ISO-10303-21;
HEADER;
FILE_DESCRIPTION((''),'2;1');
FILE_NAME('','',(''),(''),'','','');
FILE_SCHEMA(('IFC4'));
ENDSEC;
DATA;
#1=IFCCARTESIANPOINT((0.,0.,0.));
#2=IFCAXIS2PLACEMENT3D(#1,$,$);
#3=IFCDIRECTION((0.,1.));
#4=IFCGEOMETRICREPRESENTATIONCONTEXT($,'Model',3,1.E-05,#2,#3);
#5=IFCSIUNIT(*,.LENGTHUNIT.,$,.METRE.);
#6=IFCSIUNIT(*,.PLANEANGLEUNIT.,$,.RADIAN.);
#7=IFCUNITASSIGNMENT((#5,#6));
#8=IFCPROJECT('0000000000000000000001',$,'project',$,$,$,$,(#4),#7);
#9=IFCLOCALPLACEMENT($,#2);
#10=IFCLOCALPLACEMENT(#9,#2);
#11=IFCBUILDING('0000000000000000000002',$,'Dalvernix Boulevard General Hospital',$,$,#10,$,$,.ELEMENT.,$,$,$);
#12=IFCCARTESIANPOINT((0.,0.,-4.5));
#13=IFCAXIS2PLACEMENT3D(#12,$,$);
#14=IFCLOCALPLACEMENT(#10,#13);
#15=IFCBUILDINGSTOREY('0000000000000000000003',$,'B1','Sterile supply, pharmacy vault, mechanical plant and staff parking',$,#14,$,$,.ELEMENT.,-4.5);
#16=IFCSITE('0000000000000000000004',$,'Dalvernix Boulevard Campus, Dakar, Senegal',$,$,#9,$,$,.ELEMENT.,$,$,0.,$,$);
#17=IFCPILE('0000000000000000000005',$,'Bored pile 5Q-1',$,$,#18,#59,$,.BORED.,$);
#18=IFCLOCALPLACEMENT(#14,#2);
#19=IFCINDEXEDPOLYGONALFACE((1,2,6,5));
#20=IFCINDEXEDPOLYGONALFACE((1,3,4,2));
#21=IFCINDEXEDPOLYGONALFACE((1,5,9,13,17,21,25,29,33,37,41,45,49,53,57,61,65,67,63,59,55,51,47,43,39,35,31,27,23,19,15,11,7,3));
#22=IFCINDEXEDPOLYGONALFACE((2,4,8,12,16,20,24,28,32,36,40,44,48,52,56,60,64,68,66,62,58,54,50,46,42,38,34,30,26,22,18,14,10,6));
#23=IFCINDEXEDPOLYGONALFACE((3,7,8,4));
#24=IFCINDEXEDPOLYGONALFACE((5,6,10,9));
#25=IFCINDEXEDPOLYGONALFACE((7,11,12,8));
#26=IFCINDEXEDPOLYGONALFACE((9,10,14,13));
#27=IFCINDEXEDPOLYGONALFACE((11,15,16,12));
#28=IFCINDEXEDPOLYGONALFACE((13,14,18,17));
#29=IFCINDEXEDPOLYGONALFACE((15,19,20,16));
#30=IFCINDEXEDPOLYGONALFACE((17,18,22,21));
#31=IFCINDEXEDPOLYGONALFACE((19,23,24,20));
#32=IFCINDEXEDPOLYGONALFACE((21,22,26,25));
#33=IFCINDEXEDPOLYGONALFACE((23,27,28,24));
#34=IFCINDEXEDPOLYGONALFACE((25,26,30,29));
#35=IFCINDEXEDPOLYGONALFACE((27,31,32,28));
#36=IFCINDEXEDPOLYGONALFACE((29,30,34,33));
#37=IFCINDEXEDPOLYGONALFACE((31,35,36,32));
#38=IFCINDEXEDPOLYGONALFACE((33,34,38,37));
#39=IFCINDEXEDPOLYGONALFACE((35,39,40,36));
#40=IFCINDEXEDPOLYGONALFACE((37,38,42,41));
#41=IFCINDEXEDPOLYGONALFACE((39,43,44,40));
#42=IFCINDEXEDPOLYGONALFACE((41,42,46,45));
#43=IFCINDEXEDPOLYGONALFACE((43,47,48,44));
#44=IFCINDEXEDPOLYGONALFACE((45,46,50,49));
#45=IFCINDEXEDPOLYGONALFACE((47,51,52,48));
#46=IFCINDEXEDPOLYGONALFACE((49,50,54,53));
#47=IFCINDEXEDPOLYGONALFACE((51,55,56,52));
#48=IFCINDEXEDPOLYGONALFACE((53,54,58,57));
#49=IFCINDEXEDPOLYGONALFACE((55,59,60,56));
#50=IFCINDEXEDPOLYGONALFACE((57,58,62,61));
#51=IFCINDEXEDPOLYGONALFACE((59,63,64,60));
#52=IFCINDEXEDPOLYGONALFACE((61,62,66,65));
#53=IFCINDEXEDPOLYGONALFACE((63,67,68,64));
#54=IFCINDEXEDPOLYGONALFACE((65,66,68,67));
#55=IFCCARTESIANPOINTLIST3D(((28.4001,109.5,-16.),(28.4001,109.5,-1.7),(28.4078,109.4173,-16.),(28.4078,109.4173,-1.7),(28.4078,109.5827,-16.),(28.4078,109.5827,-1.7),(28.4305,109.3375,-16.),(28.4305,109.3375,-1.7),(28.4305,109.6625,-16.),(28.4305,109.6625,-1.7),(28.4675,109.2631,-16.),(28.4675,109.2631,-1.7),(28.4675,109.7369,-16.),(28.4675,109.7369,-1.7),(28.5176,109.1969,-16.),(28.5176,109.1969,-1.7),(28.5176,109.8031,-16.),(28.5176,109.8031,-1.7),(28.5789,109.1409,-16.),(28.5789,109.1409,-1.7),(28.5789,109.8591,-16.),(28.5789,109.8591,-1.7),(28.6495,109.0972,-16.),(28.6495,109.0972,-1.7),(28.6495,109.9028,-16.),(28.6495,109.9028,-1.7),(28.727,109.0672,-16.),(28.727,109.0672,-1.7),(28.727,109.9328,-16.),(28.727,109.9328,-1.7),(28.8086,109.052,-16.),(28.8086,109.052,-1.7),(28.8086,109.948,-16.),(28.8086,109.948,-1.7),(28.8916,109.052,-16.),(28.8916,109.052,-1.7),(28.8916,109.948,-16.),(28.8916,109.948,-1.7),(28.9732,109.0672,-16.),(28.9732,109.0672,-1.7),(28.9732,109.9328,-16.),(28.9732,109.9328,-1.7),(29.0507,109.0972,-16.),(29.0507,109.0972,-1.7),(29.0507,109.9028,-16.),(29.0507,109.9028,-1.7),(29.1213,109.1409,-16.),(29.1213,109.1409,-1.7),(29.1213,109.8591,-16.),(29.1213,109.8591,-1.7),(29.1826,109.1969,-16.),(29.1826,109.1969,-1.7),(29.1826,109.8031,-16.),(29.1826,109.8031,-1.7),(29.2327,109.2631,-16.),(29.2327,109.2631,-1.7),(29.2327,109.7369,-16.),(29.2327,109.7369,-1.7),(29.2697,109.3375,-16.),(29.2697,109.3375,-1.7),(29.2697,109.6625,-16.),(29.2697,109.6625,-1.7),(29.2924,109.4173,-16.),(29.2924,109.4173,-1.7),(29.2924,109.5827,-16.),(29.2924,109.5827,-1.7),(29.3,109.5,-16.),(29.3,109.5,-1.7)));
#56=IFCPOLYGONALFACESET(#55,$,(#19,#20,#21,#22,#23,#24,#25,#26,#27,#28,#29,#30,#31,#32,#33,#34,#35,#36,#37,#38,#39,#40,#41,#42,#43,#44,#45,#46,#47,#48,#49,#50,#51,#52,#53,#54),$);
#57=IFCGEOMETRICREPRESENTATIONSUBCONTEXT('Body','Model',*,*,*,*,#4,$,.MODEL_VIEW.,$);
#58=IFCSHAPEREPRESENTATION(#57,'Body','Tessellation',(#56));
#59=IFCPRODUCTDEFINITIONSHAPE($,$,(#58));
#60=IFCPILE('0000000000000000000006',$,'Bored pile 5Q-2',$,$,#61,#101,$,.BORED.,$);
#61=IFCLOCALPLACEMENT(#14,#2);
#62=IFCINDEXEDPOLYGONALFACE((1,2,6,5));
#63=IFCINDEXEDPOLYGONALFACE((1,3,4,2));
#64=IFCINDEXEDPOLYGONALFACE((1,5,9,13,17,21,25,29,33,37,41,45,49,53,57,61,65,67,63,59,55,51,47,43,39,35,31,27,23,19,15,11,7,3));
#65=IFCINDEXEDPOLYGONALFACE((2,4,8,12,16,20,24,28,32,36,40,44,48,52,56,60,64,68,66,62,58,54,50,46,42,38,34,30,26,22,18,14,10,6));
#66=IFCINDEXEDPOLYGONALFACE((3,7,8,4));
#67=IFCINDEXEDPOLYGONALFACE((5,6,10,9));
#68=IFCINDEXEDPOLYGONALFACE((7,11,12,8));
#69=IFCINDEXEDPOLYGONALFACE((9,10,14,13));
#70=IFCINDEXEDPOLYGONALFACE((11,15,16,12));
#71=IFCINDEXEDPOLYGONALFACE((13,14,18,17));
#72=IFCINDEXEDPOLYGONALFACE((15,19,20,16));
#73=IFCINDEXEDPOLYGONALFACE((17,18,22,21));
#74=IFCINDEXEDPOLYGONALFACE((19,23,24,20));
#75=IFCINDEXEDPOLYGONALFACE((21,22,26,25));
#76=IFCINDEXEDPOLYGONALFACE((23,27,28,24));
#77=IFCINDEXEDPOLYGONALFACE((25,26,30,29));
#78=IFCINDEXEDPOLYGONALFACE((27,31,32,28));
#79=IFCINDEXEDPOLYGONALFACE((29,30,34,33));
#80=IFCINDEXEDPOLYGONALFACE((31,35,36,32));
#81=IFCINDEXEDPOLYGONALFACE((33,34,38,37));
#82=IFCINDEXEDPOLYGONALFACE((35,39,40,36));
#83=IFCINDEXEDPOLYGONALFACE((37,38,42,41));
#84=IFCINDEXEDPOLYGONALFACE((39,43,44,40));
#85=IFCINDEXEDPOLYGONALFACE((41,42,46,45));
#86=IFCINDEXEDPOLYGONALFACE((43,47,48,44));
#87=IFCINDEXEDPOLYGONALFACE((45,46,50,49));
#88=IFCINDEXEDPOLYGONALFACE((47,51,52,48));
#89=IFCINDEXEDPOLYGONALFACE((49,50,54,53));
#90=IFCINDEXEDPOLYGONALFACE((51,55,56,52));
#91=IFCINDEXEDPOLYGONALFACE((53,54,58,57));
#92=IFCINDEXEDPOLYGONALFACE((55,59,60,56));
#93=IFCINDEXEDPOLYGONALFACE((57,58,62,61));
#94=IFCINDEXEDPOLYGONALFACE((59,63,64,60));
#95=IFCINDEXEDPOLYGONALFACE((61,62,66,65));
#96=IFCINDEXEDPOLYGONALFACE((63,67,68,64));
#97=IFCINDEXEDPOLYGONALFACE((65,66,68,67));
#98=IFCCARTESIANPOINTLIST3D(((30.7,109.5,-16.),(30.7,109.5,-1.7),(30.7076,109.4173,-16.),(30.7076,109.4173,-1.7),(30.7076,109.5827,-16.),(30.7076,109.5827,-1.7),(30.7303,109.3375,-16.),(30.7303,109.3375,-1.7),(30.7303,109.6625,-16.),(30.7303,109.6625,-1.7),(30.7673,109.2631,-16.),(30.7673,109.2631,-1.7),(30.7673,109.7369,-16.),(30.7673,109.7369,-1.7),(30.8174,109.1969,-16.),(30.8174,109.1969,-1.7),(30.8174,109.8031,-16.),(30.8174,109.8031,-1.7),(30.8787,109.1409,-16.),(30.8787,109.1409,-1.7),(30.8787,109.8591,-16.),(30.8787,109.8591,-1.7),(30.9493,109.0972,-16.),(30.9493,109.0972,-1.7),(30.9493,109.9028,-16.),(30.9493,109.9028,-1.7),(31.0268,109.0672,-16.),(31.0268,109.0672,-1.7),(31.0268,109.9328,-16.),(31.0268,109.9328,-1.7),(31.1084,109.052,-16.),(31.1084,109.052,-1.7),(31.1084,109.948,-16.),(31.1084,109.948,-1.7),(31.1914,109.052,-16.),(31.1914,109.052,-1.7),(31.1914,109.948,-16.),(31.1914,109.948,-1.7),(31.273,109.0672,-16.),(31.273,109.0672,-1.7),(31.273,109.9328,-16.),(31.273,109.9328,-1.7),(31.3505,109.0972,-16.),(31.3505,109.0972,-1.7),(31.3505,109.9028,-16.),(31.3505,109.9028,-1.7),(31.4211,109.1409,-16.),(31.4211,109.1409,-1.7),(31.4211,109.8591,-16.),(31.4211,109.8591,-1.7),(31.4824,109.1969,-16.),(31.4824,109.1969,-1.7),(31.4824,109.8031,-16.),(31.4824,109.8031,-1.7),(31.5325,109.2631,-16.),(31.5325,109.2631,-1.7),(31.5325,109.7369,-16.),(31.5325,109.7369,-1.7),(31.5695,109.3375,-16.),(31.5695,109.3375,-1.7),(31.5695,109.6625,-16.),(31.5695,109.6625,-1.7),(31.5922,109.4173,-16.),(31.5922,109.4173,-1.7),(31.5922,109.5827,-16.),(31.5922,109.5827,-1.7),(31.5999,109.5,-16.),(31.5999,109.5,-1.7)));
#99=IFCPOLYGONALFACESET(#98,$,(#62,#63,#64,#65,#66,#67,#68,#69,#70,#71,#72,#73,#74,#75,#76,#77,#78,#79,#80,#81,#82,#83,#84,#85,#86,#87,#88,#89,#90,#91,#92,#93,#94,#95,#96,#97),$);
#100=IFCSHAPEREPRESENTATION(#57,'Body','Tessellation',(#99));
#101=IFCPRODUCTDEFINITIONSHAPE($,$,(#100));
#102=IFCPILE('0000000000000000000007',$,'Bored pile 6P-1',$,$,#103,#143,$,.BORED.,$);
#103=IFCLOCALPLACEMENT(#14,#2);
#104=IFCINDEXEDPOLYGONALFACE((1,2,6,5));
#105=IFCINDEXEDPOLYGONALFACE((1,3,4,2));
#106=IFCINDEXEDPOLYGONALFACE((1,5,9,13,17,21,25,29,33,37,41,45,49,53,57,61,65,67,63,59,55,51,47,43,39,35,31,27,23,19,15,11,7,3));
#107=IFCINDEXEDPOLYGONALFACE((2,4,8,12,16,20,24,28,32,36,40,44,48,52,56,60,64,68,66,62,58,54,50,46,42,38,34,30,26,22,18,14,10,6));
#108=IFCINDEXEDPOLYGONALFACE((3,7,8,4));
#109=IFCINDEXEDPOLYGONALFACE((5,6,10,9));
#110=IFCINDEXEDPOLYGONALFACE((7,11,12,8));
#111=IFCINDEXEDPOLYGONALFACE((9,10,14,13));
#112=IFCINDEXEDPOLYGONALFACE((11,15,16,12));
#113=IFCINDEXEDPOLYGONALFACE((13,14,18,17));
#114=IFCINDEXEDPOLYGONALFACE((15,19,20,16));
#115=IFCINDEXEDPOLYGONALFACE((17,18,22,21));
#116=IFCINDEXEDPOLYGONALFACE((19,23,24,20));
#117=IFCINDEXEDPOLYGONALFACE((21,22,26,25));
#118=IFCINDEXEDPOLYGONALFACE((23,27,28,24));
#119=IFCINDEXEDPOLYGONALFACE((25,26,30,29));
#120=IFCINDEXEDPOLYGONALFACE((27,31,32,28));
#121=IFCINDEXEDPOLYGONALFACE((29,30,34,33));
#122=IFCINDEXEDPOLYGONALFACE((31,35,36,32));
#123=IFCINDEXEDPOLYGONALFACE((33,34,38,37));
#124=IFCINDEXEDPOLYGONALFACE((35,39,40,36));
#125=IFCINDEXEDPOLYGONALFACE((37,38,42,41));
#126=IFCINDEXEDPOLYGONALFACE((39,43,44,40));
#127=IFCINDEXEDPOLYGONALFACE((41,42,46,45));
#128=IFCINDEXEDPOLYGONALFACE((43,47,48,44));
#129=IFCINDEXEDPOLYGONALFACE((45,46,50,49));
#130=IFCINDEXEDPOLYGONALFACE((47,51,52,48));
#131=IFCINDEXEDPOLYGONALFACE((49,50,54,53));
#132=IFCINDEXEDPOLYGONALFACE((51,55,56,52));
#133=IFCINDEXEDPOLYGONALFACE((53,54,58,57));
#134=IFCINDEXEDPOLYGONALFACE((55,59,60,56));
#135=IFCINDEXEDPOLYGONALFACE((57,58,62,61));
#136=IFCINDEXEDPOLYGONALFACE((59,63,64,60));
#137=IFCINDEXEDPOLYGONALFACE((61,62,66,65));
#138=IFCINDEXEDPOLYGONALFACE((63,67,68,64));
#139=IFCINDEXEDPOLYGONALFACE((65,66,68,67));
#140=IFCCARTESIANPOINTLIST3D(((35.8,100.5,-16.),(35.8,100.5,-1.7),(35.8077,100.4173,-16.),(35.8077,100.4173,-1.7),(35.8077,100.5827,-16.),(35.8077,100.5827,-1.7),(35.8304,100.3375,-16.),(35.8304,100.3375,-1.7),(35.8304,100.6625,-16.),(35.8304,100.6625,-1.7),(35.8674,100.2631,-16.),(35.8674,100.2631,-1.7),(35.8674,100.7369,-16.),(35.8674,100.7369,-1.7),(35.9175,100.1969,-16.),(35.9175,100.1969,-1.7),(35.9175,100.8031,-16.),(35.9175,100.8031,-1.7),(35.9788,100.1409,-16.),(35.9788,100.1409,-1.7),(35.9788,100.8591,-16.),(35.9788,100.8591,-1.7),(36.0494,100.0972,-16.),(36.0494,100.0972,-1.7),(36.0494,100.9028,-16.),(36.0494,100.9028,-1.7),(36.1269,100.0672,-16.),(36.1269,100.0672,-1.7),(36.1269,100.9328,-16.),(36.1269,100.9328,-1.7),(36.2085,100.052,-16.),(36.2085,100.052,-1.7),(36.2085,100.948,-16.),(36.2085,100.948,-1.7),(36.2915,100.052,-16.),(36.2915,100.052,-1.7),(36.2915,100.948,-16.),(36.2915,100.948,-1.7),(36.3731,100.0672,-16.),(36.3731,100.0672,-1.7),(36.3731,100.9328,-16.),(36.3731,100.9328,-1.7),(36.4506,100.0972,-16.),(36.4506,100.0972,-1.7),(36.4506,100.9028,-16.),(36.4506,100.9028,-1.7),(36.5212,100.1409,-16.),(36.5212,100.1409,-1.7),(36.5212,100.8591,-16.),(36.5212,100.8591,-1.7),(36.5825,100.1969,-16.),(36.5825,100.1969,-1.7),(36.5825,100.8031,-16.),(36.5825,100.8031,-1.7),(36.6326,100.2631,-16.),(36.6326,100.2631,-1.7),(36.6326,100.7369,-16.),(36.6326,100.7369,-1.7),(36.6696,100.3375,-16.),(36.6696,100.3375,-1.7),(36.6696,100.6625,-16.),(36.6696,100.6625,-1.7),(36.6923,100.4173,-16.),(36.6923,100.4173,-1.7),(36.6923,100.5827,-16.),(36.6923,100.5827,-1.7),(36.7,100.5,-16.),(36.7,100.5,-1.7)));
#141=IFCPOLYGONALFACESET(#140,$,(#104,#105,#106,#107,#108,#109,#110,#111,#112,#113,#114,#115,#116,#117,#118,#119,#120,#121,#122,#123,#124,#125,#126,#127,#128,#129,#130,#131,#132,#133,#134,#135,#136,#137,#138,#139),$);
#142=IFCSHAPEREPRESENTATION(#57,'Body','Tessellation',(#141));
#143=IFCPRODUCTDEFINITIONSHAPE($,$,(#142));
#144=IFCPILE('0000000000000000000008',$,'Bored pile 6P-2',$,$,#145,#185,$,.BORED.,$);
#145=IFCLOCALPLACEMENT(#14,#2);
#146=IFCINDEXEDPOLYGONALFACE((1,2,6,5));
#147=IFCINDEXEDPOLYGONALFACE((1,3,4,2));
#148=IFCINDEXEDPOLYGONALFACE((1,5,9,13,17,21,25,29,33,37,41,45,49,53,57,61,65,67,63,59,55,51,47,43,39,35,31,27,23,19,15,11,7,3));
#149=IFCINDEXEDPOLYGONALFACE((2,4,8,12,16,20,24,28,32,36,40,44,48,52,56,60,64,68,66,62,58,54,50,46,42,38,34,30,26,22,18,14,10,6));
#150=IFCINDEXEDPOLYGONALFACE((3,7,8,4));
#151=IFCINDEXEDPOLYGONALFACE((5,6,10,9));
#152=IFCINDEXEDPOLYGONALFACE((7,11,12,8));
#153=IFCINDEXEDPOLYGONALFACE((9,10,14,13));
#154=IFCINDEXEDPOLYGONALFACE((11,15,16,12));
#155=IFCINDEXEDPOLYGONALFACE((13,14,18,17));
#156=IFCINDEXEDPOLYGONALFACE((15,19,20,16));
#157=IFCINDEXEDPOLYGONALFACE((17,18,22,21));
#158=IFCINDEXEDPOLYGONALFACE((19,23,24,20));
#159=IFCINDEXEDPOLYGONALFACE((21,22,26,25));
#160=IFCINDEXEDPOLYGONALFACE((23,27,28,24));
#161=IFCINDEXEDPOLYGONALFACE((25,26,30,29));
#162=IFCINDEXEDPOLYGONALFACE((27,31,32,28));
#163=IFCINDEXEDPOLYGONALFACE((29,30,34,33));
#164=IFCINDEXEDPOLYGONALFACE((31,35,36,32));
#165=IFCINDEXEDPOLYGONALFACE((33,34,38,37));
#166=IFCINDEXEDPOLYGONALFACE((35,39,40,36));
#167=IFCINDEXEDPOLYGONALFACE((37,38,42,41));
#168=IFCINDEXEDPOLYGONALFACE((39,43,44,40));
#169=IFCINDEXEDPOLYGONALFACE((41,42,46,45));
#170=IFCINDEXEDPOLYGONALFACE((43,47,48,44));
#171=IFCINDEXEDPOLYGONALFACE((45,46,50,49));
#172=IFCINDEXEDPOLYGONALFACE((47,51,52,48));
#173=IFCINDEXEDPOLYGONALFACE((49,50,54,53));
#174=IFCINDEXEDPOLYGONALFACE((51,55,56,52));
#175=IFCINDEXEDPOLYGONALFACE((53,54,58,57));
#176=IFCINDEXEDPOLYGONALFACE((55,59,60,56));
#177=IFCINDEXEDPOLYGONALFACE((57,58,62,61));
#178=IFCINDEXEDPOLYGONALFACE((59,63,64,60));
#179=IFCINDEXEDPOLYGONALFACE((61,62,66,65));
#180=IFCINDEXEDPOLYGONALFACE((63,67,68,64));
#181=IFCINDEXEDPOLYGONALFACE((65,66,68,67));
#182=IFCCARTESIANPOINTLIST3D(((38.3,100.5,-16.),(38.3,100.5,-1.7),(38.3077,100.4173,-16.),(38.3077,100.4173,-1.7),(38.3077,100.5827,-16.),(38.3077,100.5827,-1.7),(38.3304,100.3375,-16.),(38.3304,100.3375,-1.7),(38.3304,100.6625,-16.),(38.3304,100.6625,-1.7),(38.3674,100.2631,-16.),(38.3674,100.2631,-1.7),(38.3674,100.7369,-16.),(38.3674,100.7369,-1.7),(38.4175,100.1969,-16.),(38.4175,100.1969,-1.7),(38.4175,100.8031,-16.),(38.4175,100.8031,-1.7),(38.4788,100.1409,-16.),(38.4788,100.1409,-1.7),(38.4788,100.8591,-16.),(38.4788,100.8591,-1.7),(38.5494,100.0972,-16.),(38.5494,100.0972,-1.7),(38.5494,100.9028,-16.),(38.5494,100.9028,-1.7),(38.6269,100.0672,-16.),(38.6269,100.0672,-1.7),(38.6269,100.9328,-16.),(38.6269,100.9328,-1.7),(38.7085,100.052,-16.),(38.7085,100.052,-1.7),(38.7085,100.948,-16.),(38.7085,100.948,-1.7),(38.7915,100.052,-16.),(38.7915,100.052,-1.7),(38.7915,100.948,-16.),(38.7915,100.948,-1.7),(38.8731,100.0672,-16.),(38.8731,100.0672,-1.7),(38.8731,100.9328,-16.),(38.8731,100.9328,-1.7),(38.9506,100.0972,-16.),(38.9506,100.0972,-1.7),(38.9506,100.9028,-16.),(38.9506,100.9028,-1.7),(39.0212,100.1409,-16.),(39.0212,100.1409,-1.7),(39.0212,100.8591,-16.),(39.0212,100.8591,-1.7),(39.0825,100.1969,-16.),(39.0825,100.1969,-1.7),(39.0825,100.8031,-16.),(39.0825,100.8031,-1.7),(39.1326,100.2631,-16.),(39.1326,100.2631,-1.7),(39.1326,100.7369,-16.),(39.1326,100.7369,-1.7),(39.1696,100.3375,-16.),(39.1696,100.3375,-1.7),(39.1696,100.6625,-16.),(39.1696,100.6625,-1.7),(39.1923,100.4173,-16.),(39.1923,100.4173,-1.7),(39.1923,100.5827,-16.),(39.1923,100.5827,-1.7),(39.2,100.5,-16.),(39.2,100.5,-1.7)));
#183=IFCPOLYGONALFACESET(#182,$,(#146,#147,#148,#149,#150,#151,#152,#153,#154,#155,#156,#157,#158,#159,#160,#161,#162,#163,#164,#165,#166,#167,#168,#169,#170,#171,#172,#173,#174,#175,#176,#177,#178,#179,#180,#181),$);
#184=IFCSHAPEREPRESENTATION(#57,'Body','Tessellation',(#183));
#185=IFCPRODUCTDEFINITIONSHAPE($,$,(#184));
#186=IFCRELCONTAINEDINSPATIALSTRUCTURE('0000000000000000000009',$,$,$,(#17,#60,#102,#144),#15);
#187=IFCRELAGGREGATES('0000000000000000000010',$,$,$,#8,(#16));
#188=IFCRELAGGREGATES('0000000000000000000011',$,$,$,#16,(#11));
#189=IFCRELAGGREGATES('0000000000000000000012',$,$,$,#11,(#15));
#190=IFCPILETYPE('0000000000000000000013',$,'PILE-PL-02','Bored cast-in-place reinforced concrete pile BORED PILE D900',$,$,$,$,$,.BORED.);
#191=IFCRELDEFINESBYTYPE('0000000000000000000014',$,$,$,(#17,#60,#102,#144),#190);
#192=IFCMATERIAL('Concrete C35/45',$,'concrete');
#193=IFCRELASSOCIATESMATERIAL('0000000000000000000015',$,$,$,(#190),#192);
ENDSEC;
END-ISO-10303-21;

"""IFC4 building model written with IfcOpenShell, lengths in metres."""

from ifc_helpers import new_model, si_unit, direction, frame, origin, origin_2d, place, context, subcontext, project, spatial, circle, extrude, material, material_profile, profile_set, type_object, element, save


model = new_model("IFC4")

# Units and contexts
model_context = context("Model", 3, precision=1e-05, world=origin(), true_north=direction((0.0, 1.0)))
body_context = subcontext(model_context, "Body", "Model", "MODEL_VIEW")
ifc_project = project(units=[si_unit("LENGTHUNIT", "METRE"), si_unit("PLANEANGLEUNIT", "RADIAN")], contexts=[model_context])

# Site, building, storey
site_placement = place(None, origin())
site = spatial("IfcSite", under=ifc_project, at=site_placement, Name="Dalvernix Boulevard Campus, Dakar, Senegal", CompositionType="ELEMENT", RefElevation=0.0)
building_placement = place(site_placement, origin())
building = spatial("IfcBuilding", under=site, at=building_placement, Name="Dalvernix Boulevard General Hospital", CompositionType="ELEMENT")
storey_placement = place(building_placement, frame((0.0, 0.0, -4.5)))
storey = spatial("IfcBuildingStorey", under=building, at=storey_placement, Name="B1", Description="Sterile supply, pharmacy vault, mechanical plant and staff parking", CompositionType="ELEMENT", Elevation=-4.5)

# Shared definitions
ifc_material_1 = material(Name="Concrete C35/45", Category="concrete")

# Piles
ifc_material_profile_1 = material_profile(ifc_material_1, circle(Radius=0.45, at=origin_2d()), Name="BORED PILE D900")
ifc_profile_set_1 = profile_set([ifc_material_profile_1], Name="Concrete C35/45")
pile_type_1 = type_object("IfcPileType", Name="PILE-PL-02", Description="Bored cast-in-place reinforced concrete pile BORED PILE D900", PredefinedType="BORED", material=ifc_profile_set_1)
for number, where, z_axis, x_axis, name in (
    (1, (28.8501, 109.5, -1.7), (0.0, 0.0, -1.0), (1.0, 0.0, 0.0), "Bored pile 5Q-1"),
    (2, (31.1499, 109.5, -1.7), (0.0, 0.0, -1.0), (1.0, 0.0, 0.0), "Bored pile 5Q-2"),
    (3, (36.25, 100.5, -1.7), (0.0, 0.0, -1.0), (1.0, 0.0, 0.0), "Bored pile 6P-1"),
    (4, (38.75, 100.5, -1.7), (0.0, 0.0, -1.0), (1.0, 0.0, 0.0), "Bored pile 6P-2"),
):
    element("IfcPile", number, at=place(storey_placement, frame(where, z_axis=z_axis, x_axis=x_axis)), inside=storey, type_object=pile_type_1, Name=name, PredefinedType="BORED", context=body_context, shape_type="SweptSolid", body=[
        extrude(circle(Radius=0.45, at=origin_2d()), origin(), (0.0, 0.0, 1.0), 14.3),
    ])

save(model, "model.ifc")
